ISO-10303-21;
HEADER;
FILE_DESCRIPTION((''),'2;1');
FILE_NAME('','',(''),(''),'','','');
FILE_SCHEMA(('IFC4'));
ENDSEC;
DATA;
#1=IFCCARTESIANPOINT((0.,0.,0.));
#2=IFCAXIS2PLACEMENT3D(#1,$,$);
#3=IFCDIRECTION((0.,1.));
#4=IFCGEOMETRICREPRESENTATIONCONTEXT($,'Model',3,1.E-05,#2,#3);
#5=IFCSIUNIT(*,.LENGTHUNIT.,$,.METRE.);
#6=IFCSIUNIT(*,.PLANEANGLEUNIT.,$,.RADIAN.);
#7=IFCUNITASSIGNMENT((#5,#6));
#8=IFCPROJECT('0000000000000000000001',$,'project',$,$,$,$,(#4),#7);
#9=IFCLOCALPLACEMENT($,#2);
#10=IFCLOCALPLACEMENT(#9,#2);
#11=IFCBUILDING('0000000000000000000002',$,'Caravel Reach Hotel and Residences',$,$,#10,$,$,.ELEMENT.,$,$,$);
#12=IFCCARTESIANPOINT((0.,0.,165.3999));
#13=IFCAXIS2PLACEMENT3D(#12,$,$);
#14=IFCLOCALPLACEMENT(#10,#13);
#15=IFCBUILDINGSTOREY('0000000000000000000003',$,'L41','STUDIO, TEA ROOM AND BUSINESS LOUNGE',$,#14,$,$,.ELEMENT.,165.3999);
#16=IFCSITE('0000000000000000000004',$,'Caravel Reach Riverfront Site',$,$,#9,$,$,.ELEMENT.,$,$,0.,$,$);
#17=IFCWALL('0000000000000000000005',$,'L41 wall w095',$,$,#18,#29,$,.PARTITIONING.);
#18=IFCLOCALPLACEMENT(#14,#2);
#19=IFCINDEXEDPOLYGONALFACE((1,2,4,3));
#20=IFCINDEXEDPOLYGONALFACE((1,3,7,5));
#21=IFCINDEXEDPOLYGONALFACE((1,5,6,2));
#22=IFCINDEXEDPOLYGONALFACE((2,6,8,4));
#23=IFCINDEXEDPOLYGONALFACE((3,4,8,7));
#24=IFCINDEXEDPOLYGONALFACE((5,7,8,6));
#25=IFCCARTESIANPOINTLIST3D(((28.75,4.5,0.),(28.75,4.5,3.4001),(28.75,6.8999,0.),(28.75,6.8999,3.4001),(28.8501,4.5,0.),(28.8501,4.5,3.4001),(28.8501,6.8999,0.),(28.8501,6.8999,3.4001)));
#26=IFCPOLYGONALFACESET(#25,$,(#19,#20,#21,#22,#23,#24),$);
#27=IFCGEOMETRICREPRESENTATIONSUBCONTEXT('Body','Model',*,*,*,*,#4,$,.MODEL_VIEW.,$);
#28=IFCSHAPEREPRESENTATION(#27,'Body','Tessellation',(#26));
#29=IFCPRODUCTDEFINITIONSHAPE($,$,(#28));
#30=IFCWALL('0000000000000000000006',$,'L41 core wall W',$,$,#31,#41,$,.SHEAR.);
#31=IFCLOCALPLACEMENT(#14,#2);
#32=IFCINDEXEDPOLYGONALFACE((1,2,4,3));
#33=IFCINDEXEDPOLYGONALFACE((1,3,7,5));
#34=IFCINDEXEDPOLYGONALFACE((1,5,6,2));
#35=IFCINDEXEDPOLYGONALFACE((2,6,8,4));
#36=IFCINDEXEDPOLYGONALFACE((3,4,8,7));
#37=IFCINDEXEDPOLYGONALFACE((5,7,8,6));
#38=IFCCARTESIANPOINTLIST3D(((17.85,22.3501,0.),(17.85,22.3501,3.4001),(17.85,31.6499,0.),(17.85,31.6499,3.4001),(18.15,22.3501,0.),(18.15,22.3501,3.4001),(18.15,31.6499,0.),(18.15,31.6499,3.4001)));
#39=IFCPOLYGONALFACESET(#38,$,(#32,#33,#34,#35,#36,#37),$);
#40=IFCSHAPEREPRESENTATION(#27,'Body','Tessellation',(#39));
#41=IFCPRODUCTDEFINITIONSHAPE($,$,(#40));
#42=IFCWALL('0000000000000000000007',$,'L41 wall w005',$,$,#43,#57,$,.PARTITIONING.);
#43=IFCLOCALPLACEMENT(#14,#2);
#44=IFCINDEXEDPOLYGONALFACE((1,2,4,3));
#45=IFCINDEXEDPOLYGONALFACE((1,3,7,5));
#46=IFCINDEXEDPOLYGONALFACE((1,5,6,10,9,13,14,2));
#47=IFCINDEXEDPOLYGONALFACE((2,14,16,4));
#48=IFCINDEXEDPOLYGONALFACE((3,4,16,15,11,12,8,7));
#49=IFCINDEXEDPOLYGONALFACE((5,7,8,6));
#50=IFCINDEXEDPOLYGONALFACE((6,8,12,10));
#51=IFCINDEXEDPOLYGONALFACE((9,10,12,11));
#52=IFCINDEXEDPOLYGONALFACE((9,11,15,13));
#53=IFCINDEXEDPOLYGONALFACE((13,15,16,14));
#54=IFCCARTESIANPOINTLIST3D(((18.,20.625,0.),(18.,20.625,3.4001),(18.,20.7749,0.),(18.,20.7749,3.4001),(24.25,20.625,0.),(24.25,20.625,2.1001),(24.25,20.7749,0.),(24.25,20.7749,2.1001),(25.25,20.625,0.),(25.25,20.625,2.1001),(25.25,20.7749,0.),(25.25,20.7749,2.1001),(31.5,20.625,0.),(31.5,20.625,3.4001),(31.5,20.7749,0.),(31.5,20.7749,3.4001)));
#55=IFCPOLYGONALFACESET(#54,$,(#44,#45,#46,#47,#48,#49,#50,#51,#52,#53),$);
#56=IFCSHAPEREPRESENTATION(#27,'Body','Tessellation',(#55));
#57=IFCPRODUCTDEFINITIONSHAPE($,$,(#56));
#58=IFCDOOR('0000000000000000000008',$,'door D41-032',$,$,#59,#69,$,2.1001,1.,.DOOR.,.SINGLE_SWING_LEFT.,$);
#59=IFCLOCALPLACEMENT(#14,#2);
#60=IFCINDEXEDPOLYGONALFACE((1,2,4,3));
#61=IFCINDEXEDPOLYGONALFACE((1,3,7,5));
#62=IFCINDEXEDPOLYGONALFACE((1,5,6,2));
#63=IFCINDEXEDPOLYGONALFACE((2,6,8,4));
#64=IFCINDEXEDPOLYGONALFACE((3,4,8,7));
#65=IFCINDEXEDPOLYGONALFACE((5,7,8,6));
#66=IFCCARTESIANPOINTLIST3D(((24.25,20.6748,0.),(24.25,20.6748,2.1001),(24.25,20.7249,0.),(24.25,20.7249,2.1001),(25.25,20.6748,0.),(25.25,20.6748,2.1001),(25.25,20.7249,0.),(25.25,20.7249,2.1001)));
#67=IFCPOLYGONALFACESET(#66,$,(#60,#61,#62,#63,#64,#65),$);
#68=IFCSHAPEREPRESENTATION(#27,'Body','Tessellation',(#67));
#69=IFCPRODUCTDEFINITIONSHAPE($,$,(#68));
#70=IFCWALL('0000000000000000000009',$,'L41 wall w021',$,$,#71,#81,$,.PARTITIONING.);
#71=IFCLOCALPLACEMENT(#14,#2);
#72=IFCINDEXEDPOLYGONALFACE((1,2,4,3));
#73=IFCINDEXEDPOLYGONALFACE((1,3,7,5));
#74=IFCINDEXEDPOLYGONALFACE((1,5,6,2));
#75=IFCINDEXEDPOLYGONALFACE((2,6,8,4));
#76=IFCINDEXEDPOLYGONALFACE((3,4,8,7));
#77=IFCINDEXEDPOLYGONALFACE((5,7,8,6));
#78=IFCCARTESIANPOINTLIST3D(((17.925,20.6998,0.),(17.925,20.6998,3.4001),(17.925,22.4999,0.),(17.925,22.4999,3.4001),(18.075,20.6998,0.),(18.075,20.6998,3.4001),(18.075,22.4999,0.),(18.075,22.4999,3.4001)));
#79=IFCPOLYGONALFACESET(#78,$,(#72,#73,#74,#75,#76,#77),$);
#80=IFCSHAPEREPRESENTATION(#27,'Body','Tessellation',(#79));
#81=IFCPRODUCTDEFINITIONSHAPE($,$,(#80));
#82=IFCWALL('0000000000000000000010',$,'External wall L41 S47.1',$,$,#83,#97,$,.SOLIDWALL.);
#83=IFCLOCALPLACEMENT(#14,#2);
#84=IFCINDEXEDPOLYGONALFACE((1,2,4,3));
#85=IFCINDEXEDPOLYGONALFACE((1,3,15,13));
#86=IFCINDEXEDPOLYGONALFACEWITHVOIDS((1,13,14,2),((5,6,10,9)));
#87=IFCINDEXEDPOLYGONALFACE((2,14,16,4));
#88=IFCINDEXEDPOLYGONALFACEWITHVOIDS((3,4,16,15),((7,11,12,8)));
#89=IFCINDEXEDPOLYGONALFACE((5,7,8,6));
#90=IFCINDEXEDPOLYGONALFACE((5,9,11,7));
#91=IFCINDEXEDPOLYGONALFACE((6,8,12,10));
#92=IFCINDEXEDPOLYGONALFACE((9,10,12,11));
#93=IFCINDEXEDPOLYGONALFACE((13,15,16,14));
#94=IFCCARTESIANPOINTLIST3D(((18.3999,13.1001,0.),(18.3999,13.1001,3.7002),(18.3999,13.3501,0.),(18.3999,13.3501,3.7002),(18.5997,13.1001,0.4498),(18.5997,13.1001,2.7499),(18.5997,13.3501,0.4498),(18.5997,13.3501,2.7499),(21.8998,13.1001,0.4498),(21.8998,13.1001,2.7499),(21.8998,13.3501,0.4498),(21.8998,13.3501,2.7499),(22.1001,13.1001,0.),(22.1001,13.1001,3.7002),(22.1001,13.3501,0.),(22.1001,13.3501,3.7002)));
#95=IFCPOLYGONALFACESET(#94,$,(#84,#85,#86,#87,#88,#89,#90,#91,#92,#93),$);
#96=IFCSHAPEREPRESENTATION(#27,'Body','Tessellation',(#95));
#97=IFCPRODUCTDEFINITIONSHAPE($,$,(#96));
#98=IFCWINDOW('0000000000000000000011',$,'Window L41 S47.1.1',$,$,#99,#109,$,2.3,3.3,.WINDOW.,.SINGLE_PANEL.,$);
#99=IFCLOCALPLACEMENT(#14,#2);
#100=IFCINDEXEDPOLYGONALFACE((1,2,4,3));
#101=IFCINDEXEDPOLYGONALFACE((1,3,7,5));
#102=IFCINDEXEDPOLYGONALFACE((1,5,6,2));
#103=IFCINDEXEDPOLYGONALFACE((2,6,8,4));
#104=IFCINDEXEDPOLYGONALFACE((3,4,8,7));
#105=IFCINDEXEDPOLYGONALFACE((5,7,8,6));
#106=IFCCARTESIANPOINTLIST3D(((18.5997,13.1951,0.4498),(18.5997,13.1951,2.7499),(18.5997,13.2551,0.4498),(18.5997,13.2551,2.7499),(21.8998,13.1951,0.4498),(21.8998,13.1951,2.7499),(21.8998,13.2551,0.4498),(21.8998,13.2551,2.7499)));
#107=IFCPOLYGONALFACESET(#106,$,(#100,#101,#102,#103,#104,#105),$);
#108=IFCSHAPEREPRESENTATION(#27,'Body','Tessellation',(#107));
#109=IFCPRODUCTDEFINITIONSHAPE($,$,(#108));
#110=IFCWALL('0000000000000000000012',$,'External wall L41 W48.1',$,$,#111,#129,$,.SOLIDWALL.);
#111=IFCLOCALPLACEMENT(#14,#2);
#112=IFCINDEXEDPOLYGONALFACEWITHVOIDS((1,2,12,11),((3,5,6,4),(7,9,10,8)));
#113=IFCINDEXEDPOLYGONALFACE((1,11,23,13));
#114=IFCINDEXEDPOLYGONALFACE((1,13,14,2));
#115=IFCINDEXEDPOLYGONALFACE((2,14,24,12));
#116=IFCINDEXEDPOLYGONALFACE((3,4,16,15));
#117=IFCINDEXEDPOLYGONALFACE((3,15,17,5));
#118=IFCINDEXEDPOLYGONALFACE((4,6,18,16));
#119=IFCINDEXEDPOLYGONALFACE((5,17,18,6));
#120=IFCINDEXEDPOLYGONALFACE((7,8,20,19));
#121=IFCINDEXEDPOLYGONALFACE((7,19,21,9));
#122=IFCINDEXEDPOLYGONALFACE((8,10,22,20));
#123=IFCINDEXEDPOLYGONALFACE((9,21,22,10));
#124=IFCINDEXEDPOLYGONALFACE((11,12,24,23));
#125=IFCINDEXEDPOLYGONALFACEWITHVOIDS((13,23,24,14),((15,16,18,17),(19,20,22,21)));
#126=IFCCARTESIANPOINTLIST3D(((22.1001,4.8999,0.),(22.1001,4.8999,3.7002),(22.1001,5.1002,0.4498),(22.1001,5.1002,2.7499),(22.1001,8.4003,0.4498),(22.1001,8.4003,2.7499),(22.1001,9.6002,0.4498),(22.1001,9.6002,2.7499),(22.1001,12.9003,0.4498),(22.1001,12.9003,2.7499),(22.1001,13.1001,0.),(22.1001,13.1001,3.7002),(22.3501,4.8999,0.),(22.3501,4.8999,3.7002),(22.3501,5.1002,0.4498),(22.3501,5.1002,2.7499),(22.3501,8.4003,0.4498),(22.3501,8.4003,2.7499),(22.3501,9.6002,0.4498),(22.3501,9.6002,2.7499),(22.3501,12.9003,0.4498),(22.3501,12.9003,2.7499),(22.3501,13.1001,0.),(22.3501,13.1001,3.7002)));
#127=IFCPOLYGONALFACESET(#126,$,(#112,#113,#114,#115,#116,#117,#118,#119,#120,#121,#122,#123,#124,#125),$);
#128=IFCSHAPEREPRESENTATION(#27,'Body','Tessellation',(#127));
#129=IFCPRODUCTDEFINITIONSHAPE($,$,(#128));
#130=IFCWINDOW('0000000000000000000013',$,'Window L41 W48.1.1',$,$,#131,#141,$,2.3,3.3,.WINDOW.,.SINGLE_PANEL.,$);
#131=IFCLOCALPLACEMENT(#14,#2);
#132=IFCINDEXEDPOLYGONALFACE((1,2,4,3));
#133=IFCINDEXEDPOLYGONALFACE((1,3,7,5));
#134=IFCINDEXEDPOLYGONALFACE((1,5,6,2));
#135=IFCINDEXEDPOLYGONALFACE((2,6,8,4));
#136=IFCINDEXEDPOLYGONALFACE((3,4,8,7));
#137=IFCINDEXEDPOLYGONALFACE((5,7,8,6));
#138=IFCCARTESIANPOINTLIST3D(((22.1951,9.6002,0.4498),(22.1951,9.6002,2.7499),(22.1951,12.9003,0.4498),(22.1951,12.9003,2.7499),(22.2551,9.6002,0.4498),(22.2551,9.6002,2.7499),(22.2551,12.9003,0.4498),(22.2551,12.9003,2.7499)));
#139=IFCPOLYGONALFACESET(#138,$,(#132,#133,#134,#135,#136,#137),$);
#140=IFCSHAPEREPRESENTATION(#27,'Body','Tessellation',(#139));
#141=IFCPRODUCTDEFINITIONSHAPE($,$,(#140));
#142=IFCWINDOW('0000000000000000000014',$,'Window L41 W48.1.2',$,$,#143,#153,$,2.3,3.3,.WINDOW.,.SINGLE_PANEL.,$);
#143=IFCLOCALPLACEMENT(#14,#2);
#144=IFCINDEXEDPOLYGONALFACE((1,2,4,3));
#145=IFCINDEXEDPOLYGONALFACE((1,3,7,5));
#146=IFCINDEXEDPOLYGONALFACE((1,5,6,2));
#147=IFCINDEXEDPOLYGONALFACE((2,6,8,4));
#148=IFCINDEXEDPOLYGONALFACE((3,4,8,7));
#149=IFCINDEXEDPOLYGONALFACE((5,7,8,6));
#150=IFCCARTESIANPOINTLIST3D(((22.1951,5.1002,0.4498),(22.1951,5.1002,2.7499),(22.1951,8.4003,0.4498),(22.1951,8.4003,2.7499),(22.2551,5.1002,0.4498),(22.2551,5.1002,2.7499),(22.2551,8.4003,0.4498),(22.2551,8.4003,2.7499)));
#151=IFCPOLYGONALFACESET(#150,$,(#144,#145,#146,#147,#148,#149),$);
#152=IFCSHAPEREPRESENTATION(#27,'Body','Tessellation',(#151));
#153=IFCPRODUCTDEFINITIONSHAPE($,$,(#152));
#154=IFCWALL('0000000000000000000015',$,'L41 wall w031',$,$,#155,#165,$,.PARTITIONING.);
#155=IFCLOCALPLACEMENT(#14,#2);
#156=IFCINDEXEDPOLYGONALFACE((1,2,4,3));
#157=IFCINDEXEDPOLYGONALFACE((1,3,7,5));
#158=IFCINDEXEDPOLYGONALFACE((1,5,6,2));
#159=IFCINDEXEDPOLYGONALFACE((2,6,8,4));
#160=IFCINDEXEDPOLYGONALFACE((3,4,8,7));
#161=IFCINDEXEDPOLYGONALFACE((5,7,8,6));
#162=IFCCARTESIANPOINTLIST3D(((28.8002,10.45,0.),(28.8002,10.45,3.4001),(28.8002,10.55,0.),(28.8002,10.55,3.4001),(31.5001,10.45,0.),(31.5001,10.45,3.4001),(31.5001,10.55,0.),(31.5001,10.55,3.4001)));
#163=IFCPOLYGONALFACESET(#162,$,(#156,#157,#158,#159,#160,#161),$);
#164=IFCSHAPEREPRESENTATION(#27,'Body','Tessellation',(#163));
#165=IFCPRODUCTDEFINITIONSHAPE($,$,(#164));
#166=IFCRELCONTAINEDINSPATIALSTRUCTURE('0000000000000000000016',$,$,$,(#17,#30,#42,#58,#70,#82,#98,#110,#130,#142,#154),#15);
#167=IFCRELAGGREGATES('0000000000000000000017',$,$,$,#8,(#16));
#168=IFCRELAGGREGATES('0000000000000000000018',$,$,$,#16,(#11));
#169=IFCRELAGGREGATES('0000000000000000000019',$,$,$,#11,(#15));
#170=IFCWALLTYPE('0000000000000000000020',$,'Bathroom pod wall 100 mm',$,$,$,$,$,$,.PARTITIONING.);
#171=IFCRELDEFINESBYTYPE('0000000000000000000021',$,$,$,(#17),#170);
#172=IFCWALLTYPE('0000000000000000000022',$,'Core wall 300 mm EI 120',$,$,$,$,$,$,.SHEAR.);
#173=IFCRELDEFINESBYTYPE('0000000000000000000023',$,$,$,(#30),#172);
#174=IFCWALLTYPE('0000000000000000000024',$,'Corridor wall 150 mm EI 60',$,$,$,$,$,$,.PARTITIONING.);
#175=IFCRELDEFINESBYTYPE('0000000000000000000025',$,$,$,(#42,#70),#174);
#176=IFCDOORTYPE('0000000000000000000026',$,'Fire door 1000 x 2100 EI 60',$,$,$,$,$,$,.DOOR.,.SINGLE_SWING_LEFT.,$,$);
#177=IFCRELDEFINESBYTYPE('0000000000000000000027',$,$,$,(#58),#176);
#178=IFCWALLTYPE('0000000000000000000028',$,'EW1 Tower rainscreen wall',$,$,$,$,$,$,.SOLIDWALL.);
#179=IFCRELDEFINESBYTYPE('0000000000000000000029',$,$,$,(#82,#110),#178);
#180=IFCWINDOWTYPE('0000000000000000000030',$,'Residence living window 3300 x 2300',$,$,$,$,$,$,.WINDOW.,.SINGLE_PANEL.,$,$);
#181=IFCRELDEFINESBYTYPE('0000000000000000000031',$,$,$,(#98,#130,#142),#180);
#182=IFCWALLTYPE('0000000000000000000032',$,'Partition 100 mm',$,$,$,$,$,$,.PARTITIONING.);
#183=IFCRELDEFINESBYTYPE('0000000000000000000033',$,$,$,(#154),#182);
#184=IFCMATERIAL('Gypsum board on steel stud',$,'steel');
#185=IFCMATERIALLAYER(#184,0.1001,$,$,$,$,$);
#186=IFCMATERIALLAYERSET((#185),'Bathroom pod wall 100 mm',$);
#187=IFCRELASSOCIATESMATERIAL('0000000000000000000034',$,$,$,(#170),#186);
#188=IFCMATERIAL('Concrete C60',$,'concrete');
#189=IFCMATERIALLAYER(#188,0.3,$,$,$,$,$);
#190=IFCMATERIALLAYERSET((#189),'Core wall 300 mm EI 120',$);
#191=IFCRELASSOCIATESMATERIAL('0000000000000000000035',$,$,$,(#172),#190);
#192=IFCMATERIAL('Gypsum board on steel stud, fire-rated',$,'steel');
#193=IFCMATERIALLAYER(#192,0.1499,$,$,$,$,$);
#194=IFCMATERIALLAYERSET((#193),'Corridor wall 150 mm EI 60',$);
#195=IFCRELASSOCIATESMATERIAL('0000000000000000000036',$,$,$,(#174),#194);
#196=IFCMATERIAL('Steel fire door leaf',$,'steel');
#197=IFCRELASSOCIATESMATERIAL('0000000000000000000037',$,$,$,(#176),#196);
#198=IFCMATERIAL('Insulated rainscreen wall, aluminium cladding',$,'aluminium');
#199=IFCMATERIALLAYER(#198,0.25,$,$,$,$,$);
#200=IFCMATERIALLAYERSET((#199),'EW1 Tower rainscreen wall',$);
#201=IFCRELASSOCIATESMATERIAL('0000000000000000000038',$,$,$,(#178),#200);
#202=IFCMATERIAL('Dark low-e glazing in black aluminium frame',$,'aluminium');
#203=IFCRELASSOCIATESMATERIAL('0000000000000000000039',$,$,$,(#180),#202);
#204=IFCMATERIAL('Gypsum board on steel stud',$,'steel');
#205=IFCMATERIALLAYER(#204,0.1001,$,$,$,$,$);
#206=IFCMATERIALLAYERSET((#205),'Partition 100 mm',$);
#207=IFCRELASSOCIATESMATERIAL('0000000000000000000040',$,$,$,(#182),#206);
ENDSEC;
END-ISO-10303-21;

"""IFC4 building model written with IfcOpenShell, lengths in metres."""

from ifc_helpers import new_model, si_unit, direction, frame, frame_2d, origin, place, context, subcontext, project, spatial, rectangle, extrude, material, layer, layer_set, type_object, element, fill, save


model = new_model("IFC4")

# Units and contexts
model_context = context("Model", 3, precision=1e-05, world=origin(), true_north=direction((0.0, 1.0)))
body_context = subcontext(model_context, "Body", "Model", "MODEL_VIEW")
ifc_project = project(units=[si_unit("LENGTHUNIT", "METRE"), si_unit("PLANEANGLEUNIT", "RADIAN")], contexts=[model_context])

# Site, building, storey
site_placement = place(None, origin())
site = spatial("IfcSite", under=ifc_project, at=site_placement, Name="Caravel Reach Riverfront Site", CompositionType="ELEMENT", RefElevation=0.0)
building_placement = place(site_placement, origin())
building = spatial("IfcBuilding", under=site, at=building_placement, Name="Caravel Reach Hotel and Residences", CompositionType="ELEMENT")
storey_placement = place(building_placement, frame((0.0, 0.0, 165.3999)))
storey = spatial("IfcBuildingStorey", under=building, at=storey_placement, Name="L41", Description="STUDIO, TEA ROOM AND BUSINESS LOUNGE", CompositionType="ELEMENT", Elevation=165.3999)

# Shared definitions
ifc_material_1 = material(Name="Gypsum board on steel stud", Category="steel")
ifc_layer_1 = layer(ifc_material_1, 0.1001)
ifc_layer_set_1 = layer_set([ifc_layer_1], Name="Bathroom pod wall 100 mm")
wall_type_1 = type_object("IfcWallType", Name="Bathroom pod wall 100 mm", PredefinedType="PARTITIONING", material=ifc_layer_set_1)

# Walls
wall_1_placement = place(storey_placement, frame((28.8, 4.5, 0.0), z_axis=(0.0, 0.0, 1.0), x_axis=(0.0, 1.0, 0.0)))
element("IfcWall", 1, at=wall_1_placement, inside=storey, type_object=wall_type_1, Name="L41 wall w095", PredefinedType="PARTITIONING", context=body_context, shape_type="SweptSolid", body=[
    extrude(rectangle(XDim=2.3999, YDim=0.1001, at=frame_2d((1.2, 0.0))), origin(), (0.0, 0.0, 1.0), 3.4001),
])
ifc_material_2 = material(Name="Concrete C60", Category="concrete")
ifc_layer_2 = layer(ifc_material_2, 0.3)
ifc_layer_set_2 = layer_set([ifc_layer_2], Name="Core wall 300 mm EI 120")
wall_type_2 = type_object("IfcWallType", Name="Core wall 300 mm EI 120", PredefinedType="SHEAR", material=ifc_layer_set_2)
wall_2_placement = place(storey_placement, frame((18.0, 22.3501, 0.0), z_axis=(0.0, 0.0, 1.0), x_axis=(0.0, 1.0, 0.0)))
element("IfcWall", 2, at=wall_2_placement, inside=storey, type_object=wall_type_2, Name="L41 core wall W", PredefinedType="SHEAR", context=body_context, shape_type="SweptSolid", body=[
    extrude(rectangle(XDim=9.2998, YDim=0.3, at=frame_2d((4.6499, 0.0))), origin(), (0.0, 0.0, 1.0), 3.4001),
])

# Wall, opening, door
ifc_material_3 = material(Name="Gypsum board on steel stud, fire-rated", Category="steel")
ifc_layer_3 = layer(ifc_material_3, 0.1499)
ifc_layer_set_3 = layer_set([ifc_layer_3], Name="Corridor wall 150 mm EI 60")
wall_type_3 = type_object("IfcWallType", Name="Corridor wall 150 mm EI 60", PredefinedType="PARTITIONING", material=ifc_layer_set_3)
wall_3_placement = place(storey_placement, frame((18.0, 20.7, 0.0), z_axis=(0.0, 0.0, 1.0), x_axis=(1.0, 0.0, 0.0)))
wall_3 = element("IfcWall", 3, at=wall_3_placement, inside=storey, type_object=wall_type_3, Name="L41 wall w005", PredefinedType="PARTITIONING", context=body_context, shape_type="SweptSolid", body=[
    extrude(rectangle(XDim=13.5, YDim=0.1499, at=frame_2d((6.75, 0.0))), origin(), (0.0, 0.0, 1.0), 3.4001),
])
opening_1_placement = place(wall_3_placement, frame((6.25, 0.0, 0.0)))
opening_1 = element("IfcOpeningElement", 4, at=opening_1_placement, cuts=wall_3, PredefinedType="OPENING", context=body_context, shape_type="SweptSolid", body=[
    extrude(rectangle(XDim=1.0, YDim=2.1001, at=frame_2d((0.5, 1.05))), frame((0.0, 0.085, 0.0), z_axis=(0.0, -1.0, 0.0), x_axis=(1.0, 0.0, 0.0)), (0.0, 0.0, 1.0), 0.1699),
])
ifc_material_4 = material(Name="Steel fire door leaf", Category="steel")
door_type_1 = type_object("IfcDoorType", Name="Fire door 1000 x 2100 EI 60", OperationType="SINGLE_SWING_LEFT", PredefinedType="DOOR", material=ifc_material_4)
door_1_placement = place(opening_1_placement, origin())
door_1 = element("IfcDoor", 5, at=door_1_placement, inside=storey, type_object=door_type_1, Name="door D41-032", OperationType="SINGLE_SWING_LEFT", OverallHeight=2.1001, OverallWidth=1.0, PredefinedType="DOOR", context=body_context, shape_type="SweptSolid", body=[
    extrude(rectangle(XDim=1.0, YDim=2.1001, at=frame_2d((0.5, 1.05))), frame((0.0, 0.0249, 0.0), z_axis=(0.0, -1.0, 0.0), x_axis=(1.0, 0.0, 0.0)), (0.0, 0.0, 1.0), 0.05),
])
fill(opening_1, door_1)

# Wall
wall_4_placement = place(storey_placement, frame((18.0, 20.7, 0.0), z_axis=(0.0, 0.0, 1.0), x_axis=(0.0, 1.0, 0.0)))
element("IfcWall", 6, at=wall_4_placement, inside=storey, type_object=wall_type_3, Name="L41 wall w021", PredefinedType="PARTITIONING", context=body_context, shape_type="SweptSolid", body=[
    extrude(rectangle(XDim=1.8, YDim=0.1499, at=frame_2d((0.8999, 0.0))), origin(), (0.0, 0.0, 1.0), 3.4001),
])

# Wall, opening, window
ifc_material_5 = material(Name="Insulated rainscreen wall, aluminium cladding", Category="aluminium")
ifc_layer_4 = layer(ifc_material_5, 0.25)
ifc_layer_set_4 = layer_set([ifc_layer_4], Name="EW1 Tower rainscreen wall")
wall_type_4 = type_object("IfcWallType", Name="EW1 Tower rainscreen wall", PredefinedType="SOLIDWALL", material=ifc_layer_set_4)
wall_5_placement = place(storey_placement, frame((18.3999, 13.2251, 0.0), z_axis=(0.0, 0.0, 1.0), x_axis=(1.0, 0.0, 0.0)))
wall_5 = element("IfcWall", 7, at=wall_5_placement, inside=storey, type_object=wall_type_4, Name="External wall L41 S47.1", PredefinedType="SOLIDWALL", context=body_context, shape_type="SweptSolid", body=[
    extrude(rectangle(XDim=3.7002, YDim=0.25, at=frame_2d((1.8501, 0.0))), origin(), (0.0, 0.0, 1.0), 3.7002),
])
opening_2_placement = place(wall_5_placement, frame((0.2, 0.0, 0.45)))
opening_2 = element("IfcOpeningElement", 8, at=opening_2_placement, cuts=wall_5, PredefinedType="OPENING", context=body_context, shape_type="SweptSolid", body=[
    extrude(rectangle(XDim=3.3, YDim=2.3, at=frame_2d((1.6499, 1.1499))), frame((0.0, 0.135, 0.0), z_axis=(0.0, -1.0, 0.0), x_axis=(1.0, 0.0, 0.0)), (0.0, 0.0, 1.0), 0.27),
])
ifc_material_6 = material(Name="Dark low-e glazing in black aluminium frame", Category="aluminium")
window_type = type_object("IfcWindowType", Name="Residence living window 3300 x 2300", PartitioningType="SINGLE_PANEL", PredefinedType="WINDOW", material=ifc_material_6)
window_1_placement = place(opening_2_placement, origin())
window_1 = element("IfcWindow", 9, at=window_1_placement, inside=storey, type_object=window_type, Name="Window L41 S47.1.1", OverallHeight=2.3, OverallWidth=3.3, PartitioningType="SINGLE_PANEL", PredefinedType="WINDOW", context=body_context, shape_type="SweptSolid", body=[
    extrude(rectangle(XDim=3.3, YDim=2.3, at=frame_2d((1.6499, 1.1499))), frame((0.0, 0.03, 0.0), z_axis=(0.0, -1.0, 0.0), x_axis=(1.0, 0.0, 0.0)), (0.0, 0.0, 1.0), 0.0601),
])
fill(opening_2, window_1)

# Wall, openings, windows
wall_6_placement = place(storey_placement, frame((22.2251, 13.1001, 0.0), z_axis=(0.0, 0.0, 1.0), x_axis=(0.0, -1.0, 0.0)))
wall_6 = element("IfcWall", 10, at=wall_6_placement, inside=storey, type_object=wall_type_4, Name="External wall L41 W48.1", PredefinedType="SOLIDWALL", context=body_context, shape_type="SweptSolid", body=[
    extrude(rectangle(XDim=8.2002, YDim=0.25, at=frame_2d((4.1001, 0.0))), origin(), (0.0, 0.0, 1.0), 3.7002),
])
opening_3_placement = place(wall_6_placement, frame((0.2, 0.0, 0.45)))
opening_3 = element("IfcOpeningElement", 11, at=opening_3_placement, cuts=wall_6, PredefinedType="OPENING", context=body_context, shape_type="SweptSolid", body=[
    extrude(rectangle(XDim=3.3, YDim=2.3, at=frame_2d((1.6499, 1.1499))), frame((0.0, 0.135, 0.0), z_axis=(0.0, -1.0, 0.0), x_axis=(1.0, 0.0, 0.0)), (0.0, 0.0, 1.0), 0.27),
])
opening_4_placement = place(wall_6_placement, frame((4.7, 0.0, 0.45)))
opening_4 = element("IfcOpeningElement", 12, at=opening_4_placement, cuts=wall_6, PredefinedType="OPENING", context=body_context, shape_type="SweptSolid", body=[
    extrude(rectangle(XDim=3.3, YDim=2.3, at=frame_2d((1.6499, 1.1499))), frame((0.0, 0.135, 0.0), z_axis=(0.0, -1.0, 0.0), x_axis=(1.0, 0.0, 0.0)), (0.0, 0.0, 1.0), 0.27),
])
window_2_placement = place(opening_3_placement, origin())
window_2 = element("IfcWindow", 13, at=window_2_placement, inside=storey, type_object=window_type, Name="Window L41 W48.1.1", OverallHeight=2.3, OverallWidth=3.3, PartitioningType="SINGLE_PANEL", PredefinedType="WINDOW", context=body_context, shape_type="SweptSolid", body=[
    extrude(rectangle(XDim=3.3, YDim=2.3, at=frame_2d((1.6499, 1.1499))), frame((0.0, 0.03, 0.0), z_axis=(0.0, -1.0, 0.0), x_axis=(1.0, 0.0, 0.0)), (0.0, 0.0, 1.0), 0.0601),
])
fill(opening_3, window_2)
window_3_placement = place(opening_4_placement, origin())
window_3 = element("IfcWindow", 14, at=window_3_placement, inside=storey, type_object=window_type, Name="Window L41 W48.1.2", OverallHeight=2.3, OverallWidth=3.3, PartitioningType="SINGLE_PANEL", PredefinedType="WINDOW", context=body_context, shape_type="SweptSolid", body=[
    extrude(rectangle(XDim=3.3, YDim=2.3, at=frame_2d((1.6499, 1.1499))), frame((0.0, 0.03, 0.0), z_axis=(0.0, -1.0, 0.0), x_axis=(1.0, 0.0, 0.0)), (0.0, 0.0, 1.0), 0.0601),
])
fill(opening_4, window_3)

# Wall
ifc_material_7 = material(Name="Gypsum board on steel stud", Category="steel")
ifc_layer_5 = layer(ifc_material_7, 0.1001)
ifc_layer_set_5 = layer_set([ifc_layer_5], Name="Partition 100 mm")
wall_type_5 = type_object("IfcWallType", Name="Partition 100 mm", PredefinedType="PARTITIONING", material=ifc_layer_set_5)
wall_7_placement = place(storey_placement, frame((28.8, 10.5, 0.0), z_axis=(0.0, 0.0, 1.0), x_axis=(1.0, 0.0, 0.0)))
element("IfcWall", 15, at=wall_7_placement, inside=storey, type_object=wall_type_5, Name="L41 wall w031", PredefinedType="PARTITIONING", context=body_context, shape_type="SweptSolid", body=[
    extrude(rectangle(XDim=2.7, YDim=0.1001, at=frame_2d((1.3501, 0.0))), origin(), (0.0, 0.0, 1.0), 3.4001),
])

save(model, "model.ifc")
